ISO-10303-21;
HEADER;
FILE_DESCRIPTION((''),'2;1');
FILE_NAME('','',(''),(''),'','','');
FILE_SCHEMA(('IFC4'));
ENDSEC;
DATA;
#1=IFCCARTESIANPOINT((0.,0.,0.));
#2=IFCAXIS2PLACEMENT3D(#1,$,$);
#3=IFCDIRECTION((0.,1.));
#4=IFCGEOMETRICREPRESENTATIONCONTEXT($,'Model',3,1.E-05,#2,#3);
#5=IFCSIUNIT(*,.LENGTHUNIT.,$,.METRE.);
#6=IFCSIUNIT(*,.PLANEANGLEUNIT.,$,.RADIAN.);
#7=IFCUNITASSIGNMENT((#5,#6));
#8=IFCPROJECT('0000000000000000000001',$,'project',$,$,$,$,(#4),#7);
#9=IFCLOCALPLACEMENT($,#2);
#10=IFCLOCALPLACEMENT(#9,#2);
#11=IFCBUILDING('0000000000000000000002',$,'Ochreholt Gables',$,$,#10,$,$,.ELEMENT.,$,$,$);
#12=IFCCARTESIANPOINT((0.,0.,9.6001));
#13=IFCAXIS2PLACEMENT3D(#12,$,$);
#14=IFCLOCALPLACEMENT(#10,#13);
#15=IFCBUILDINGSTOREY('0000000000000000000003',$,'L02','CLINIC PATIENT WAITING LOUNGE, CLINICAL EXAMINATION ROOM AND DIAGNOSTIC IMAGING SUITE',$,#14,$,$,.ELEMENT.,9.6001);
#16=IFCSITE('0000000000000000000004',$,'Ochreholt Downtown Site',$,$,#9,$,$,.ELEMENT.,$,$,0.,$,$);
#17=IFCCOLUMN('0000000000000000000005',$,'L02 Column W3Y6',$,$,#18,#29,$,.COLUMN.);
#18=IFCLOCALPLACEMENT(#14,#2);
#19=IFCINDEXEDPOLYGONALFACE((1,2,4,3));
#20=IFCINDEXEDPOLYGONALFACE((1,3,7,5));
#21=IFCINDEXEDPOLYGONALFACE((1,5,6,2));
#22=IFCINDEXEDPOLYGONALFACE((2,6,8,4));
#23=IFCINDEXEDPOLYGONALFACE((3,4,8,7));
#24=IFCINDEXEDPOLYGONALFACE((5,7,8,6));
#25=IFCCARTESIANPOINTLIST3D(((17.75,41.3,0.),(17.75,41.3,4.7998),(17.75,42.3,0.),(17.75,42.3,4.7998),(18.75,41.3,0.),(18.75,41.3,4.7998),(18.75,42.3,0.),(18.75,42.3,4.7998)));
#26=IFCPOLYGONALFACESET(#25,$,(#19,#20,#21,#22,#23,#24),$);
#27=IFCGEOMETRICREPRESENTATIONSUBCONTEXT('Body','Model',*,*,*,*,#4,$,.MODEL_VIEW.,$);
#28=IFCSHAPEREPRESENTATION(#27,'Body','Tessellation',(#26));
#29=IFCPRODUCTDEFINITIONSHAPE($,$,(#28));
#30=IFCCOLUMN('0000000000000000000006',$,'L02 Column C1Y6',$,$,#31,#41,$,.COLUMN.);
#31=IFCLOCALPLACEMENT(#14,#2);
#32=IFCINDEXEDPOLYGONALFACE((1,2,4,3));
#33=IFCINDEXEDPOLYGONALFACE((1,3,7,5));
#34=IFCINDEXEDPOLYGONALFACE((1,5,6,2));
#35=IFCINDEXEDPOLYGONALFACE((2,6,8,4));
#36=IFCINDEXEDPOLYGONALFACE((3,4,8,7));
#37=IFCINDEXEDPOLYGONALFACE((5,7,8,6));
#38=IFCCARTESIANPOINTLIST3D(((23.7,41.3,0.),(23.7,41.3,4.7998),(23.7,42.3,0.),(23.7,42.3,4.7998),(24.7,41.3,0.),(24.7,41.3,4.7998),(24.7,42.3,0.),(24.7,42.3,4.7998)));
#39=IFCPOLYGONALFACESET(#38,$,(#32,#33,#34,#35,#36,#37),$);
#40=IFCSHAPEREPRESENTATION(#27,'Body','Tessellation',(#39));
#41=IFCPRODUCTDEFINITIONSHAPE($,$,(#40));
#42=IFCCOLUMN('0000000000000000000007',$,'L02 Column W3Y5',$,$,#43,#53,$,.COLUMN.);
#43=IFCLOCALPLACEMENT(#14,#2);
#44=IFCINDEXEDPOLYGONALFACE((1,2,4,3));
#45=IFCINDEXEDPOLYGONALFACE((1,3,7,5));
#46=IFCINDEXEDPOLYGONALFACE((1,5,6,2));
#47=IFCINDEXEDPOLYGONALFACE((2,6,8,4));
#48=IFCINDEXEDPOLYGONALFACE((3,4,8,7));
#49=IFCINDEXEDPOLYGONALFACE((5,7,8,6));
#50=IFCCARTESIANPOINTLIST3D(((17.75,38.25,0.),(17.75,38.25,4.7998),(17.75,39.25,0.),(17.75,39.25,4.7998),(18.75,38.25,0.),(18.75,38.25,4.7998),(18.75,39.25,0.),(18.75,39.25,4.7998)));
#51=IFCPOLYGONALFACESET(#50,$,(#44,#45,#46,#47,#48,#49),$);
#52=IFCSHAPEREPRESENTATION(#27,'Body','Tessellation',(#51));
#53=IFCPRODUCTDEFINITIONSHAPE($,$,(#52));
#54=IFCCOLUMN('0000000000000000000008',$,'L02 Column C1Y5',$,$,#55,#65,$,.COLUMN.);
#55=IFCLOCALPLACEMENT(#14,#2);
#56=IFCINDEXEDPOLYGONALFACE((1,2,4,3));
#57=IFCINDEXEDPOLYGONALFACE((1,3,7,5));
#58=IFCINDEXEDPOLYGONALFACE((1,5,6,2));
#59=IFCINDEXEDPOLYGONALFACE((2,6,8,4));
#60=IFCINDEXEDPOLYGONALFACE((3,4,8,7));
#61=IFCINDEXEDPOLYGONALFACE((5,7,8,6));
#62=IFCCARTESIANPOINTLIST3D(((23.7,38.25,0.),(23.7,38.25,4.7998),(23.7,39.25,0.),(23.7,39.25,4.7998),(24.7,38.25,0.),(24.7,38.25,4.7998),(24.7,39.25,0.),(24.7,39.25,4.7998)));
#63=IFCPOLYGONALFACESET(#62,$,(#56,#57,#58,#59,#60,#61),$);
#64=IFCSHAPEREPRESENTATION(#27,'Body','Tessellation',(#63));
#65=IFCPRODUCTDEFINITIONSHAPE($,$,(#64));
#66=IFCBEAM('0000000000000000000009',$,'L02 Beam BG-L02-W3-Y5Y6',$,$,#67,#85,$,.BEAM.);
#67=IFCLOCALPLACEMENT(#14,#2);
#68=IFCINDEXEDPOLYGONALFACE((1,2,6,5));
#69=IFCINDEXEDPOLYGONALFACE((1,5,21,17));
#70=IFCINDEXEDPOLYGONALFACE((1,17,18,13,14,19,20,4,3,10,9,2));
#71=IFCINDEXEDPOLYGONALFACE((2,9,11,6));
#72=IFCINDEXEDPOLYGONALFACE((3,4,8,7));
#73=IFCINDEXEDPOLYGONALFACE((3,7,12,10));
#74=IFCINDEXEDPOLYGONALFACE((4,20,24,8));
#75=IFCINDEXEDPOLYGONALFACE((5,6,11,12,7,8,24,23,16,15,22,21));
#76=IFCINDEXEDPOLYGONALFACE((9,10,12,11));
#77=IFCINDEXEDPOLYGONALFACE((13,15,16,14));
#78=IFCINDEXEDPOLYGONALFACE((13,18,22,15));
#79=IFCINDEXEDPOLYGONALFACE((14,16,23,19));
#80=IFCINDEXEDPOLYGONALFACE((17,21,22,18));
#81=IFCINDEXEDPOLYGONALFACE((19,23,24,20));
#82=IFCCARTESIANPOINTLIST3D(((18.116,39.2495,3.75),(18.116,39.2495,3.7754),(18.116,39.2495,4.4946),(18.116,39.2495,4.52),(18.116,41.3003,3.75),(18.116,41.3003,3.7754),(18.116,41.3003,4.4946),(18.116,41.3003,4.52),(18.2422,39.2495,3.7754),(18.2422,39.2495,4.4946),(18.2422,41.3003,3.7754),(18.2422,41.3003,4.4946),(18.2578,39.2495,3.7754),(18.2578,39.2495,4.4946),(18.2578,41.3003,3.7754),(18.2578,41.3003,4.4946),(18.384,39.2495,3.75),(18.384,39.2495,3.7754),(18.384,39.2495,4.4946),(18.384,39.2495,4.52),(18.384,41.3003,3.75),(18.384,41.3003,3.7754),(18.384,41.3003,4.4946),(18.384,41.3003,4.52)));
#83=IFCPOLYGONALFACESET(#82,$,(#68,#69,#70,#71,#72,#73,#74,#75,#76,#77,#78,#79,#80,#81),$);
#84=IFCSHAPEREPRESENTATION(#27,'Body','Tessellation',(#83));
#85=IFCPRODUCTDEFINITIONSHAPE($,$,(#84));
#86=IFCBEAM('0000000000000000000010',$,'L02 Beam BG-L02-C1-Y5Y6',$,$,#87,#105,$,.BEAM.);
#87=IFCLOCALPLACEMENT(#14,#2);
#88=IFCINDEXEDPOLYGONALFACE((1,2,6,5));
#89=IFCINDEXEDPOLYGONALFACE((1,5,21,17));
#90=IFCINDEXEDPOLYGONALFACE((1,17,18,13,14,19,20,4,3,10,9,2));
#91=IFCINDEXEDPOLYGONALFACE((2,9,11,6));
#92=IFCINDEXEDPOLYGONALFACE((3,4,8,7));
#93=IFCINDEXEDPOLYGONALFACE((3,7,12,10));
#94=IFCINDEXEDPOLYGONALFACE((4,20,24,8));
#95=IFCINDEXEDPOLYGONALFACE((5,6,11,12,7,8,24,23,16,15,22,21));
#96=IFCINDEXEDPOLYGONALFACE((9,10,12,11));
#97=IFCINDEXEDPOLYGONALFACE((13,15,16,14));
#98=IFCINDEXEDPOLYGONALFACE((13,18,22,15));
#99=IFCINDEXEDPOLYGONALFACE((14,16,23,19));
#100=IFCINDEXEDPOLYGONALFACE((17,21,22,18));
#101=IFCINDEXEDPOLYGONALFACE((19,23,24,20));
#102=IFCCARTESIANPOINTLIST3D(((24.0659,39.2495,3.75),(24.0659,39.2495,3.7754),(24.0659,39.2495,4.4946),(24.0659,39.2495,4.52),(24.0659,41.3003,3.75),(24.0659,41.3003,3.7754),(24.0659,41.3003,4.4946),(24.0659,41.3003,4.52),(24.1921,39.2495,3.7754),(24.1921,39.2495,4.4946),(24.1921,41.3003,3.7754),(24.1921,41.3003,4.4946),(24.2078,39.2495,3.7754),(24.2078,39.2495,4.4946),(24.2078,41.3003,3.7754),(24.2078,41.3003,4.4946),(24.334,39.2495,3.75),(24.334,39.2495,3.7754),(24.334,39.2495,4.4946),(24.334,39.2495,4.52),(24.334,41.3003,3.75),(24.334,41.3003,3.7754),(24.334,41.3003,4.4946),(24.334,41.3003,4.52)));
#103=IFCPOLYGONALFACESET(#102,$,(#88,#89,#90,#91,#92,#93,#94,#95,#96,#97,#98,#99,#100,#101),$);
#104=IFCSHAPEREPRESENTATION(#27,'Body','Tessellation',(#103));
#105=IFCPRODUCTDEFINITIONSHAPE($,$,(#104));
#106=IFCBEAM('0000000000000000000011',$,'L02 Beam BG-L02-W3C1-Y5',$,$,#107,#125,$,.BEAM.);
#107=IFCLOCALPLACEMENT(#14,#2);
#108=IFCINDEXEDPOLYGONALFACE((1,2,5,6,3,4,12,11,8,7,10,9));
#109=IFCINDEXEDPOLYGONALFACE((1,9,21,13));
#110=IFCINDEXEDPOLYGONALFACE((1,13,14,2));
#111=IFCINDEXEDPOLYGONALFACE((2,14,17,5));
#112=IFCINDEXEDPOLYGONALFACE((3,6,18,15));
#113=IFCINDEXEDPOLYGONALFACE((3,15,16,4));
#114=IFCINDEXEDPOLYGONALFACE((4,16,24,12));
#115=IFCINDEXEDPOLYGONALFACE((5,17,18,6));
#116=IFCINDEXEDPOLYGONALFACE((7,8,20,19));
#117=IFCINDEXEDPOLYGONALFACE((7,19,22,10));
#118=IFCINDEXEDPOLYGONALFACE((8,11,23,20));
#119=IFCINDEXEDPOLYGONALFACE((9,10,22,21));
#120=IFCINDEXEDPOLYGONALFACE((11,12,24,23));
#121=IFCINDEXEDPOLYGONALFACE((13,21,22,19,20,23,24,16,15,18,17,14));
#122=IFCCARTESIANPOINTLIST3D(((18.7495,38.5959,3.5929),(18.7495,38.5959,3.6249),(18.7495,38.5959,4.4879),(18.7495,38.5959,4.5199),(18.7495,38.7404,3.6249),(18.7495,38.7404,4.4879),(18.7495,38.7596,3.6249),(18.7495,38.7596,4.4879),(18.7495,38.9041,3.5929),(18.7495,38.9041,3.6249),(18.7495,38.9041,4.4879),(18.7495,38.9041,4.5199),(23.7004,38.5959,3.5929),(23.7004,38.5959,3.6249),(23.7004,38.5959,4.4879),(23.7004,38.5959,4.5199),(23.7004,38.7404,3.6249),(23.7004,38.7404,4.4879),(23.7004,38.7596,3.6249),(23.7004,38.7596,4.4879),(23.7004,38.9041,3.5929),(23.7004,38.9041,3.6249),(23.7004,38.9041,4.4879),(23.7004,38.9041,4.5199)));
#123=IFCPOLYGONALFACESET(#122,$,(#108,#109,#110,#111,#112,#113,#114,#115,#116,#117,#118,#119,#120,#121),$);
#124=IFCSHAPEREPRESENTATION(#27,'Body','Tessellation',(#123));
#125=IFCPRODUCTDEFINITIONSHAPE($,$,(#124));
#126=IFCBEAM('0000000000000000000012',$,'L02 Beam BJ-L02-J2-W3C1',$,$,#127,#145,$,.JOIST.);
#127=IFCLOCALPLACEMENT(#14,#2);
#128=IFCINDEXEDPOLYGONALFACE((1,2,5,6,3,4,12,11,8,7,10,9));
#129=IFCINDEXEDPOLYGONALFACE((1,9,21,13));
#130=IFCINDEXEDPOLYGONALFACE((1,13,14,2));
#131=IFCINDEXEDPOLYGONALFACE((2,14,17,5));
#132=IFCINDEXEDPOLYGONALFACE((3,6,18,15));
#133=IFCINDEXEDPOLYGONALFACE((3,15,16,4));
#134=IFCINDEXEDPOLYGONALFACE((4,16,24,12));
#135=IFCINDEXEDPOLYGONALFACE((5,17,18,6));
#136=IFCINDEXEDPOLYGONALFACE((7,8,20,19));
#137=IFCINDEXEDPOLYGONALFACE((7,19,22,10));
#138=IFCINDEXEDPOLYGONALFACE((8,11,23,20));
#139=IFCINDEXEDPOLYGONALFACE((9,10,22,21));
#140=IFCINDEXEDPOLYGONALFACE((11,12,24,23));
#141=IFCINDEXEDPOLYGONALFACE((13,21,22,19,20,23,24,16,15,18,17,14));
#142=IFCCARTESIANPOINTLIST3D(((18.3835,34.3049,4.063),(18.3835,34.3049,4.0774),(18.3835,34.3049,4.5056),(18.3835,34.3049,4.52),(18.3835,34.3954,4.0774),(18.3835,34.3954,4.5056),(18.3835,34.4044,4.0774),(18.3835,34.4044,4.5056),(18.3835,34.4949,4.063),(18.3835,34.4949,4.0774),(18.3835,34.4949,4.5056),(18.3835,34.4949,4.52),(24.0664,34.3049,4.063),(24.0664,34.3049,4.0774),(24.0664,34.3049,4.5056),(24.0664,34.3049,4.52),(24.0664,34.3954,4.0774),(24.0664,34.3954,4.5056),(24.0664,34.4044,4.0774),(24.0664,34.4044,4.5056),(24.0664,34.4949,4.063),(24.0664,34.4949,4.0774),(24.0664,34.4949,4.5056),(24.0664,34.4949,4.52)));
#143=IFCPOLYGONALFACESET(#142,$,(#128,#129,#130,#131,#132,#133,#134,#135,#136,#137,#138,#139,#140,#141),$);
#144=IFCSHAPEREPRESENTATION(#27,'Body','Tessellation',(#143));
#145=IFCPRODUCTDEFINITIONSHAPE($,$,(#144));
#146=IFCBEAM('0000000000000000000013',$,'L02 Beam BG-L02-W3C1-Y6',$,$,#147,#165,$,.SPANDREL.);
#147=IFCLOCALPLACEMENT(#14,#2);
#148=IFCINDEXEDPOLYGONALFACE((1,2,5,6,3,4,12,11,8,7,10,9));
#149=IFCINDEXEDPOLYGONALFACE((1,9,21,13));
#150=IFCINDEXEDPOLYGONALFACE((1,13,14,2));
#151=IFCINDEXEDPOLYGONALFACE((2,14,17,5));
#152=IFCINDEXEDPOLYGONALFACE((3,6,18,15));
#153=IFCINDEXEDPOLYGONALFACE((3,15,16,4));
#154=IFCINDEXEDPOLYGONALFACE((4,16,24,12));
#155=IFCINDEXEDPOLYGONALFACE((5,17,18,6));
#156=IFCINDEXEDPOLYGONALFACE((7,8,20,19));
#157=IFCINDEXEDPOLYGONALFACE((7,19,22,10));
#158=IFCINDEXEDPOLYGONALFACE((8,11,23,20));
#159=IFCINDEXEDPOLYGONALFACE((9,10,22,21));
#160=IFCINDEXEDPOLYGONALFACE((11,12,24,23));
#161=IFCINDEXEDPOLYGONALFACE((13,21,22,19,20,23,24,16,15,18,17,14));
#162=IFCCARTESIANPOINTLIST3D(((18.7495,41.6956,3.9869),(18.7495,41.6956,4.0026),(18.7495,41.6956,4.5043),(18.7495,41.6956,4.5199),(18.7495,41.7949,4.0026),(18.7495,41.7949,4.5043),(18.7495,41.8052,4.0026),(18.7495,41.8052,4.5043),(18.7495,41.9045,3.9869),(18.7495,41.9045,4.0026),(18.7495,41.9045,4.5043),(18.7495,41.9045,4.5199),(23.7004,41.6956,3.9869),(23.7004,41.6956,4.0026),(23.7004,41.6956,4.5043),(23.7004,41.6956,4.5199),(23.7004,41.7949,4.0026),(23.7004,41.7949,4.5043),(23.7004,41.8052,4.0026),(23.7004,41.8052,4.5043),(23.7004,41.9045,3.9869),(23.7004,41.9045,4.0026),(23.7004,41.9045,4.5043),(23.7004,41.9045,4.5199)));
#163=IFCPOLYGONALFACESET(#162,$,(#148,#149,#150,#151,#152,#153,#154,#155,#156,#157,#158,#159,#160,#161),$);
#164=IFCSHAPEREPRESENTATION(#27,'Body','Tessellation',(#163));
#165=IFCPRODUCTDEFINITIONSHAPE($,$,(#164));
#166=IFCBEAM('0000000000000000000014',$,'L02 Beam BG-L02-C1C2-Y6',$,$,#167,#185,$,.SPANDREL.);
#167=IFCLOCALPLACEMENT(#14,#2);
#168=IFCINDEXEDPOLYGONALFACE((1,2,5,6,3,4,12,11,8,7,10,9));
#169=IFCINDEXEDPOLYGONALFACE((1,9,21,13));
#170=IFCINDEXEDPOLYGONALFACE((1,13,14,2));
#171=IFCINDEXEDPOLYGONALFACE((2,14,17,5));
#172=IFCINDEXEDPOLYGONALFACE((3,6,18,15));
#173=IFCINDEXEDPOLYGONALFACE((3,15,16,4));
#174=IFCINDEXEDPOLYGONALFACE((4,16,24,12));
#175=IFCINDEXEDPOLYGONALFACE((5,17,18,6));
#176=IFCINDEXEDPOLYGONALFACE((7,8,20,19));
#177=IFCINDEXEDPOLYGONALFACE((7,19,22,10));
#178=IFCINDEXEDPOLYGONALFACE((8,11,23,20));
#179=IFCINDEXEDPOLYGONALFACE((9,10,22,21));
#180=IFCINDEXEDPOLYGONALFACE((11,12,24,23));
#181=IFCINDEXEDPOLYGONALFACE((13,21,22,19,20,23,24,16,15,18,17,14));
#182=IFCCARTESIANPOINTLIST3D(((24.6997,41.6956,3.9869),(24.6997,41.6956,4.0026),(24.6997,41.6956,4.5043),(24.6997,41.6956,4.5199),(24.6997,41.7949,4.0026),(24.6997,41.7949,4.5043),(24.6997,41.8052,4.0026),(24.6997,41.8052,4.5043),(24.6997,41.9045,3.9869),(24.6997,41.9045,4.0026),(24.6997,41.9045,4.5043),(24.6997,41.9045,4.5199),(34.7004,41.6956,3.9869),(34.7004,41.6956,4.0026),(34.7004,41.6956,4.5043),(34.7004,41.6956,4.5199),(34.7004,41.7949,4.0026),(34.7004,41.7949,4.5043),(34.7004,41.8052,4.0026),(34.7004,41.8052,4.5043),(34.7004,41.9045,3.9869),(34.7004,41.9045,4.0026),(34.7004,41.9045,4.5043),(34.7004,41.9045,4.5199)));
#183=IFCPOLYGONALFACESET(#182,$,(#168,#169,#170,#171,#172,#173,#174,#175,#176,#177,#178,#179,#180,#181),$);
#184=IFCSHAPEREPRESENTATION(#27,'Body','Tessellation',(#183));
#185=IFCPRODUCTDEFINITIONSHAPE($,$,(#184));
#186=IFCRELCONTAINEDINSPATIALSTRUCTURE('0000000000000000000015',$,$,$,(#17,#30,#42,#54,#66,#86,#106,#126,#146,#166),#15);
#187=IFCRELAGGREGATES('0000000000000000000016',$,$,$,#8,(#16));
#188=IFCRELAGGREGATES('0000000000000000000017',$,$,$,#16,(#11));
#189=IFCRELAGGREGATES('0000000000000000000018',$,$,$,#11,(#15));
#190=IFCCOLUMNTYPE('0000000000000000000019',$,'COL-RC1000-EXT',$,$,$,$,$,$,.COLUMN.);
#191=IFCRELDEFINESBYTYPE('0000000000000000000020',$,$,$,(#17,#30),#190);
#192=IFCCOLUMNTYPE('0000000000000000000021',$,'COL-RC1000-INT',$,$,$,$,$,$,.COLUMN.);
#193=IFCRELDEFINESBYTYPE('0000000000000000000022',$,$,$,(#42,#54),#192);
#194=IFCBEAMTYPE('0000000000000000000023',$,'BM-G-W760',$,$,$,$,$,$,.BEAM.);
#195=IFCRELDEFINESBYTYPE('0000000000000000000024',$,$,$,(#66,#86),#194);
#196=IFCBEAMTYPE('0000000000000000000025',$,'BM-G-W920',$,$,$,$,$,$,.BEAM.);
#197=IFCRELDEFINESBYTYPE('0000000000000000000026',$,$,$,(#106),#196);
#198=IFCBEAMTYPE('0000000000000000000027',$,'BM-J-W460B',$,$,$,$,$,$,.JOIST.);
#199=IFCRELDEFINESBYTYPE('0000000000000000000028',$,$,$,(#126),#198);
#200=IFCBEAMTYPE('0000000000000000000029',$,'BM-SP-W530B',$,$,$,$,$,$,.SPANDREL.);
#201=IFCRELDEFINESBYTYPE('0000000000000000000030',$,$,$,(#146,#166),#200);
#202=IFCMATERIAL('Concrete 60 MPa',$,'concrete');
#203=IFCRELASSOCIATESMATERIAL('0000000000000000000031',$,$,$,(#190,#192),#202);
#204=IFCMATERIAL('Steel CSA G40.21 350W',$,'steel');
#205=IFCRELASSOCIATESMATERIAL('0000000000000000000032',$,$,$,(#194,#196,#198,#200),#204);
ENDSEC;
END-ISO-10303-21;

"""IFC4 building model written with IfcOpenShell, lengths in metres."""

from ifc_helpers import new_model, si_unit, direction, frame, origin, origin_2d, place, context, subcontext, project, spatial, rectangle, i_section, extrude, material, material_profile, profile_set, type_object, element, save


model = new_model("IFC4")

# Units and contexts
model_context = context("Model", 3, precision=1e-05, world=origin(), true_north=direction((0.0, 1.0)))
body_context = subcontext(model_context, "Body", "Model", "MODEL_VIEW")
ifc_project = project(units=[si_unit("LENGTHUNIT", "METRE"), si_unit("PLANEANGLEUNIT", "RADIAN")], contexts=[model_context])

# Site, building, storey
site_placement = place(None, origin())
site = spatial("IfcSite", under=ifc_project, at=site_placement, Name="Ochreholt Downtown Site", CompositionType="ELEMENT", RefElevation=0.0)
building_placement = place(site_placement, origin())
building = spatial("IfcBuilding", under=site, at=building_placement, Name="Ochreholt Gables", CompositionType="ELEMENT")
storey_placement = place(building_placement, frame((0.0, 0.0, 9.6001)))
storey = spatial("IfcBuildingStorey", under=building, at=storey_placement, Name="L02", Description="CLINIC PATIENT WAITING LOUNGE, CLINICAL EXAMINATION ROOM AND DIAGNOSTIC IMAGING SUITE", CompositionType="ELEMENT", Elevation=9.6001)

# Columns
ifc_material_1 = material(Name="Concrete 60 MPa", Category="concrete")
ifc_material_profile_1 = material_profile(ifc_material_1, rectangle(XDim=1.0, YDim=1.0, at=origin_2d()), Name="RC1000X1000")
ifc_profile_set_1 = profile_set([ifc_material_profile_1], Name="Concrete 60 MPa")
column_type_1 = type_object("IfcColumnType", Name="COL-RC1000-EXT", PredefinedType="COLUMN", material=ifc_profile_set_1)
for number, where, z_axis, x_axis, name in (
    (1, (18.25, 41.8, 0.0), (0.0, 0.0, 1.0), (1.0, 0.0, 0.0), "L02 Column W3Y6"),
    (2, (24.2, 41.8, 0.0), (0.0, 0.0, 1.0), (1.0, 0.0, 0.0), "L02 Column C1Y6"),
):
    element("IfcColumn", number, at=place(storey_placement, frame(where, z_axis=z_axis, x_axis=x_axis)), inside=storey, type_object=column_type_1, Name=name, PredefinedType="COLUMN", context=body_context, shape_type="SweptSolid", body=[
        extrude(rectangle(XDim=1.0, YDim=1.0, at=origin_2d()), origin(), (0.0, 0.0, 1.0), 4.7998),
    ])
ifc_material_profile_2 = material_profile(ifc_material_1, rectangle(XDim=1.0, YDim=1.0, at=origin_2d()), Name="RC1000X1000")
ifc_profile_set_2 = profile_set([ifc_material_profile_2], Name="Concrete 60 MPa")
column_type_2 = type_object("IfcColumnType", Name="COL-RC1000-INT", PredefinedType="COLUMN", material=ifc_profile_set_2)
for number, where, z_axis, x_axis, name in (
    (3, (18.25, 38.75, 0.0), (0.0, 0.0, 1.0), (1.0, 0.0, 0.0), "L02 Column W3Y5"),
    (4, (24.2, 38.75, 0.0), (0.0, 0.0, 1.0), (1.0, 0.0, 0.0), "L02 Column C1Y5"),
):
    element("IfcColumn", number, at=place(storey_placement, frame(where, z_axis=z_axis, x_axis=x_axis)), inside=storey, type_object=column_type_2, Name=name, PredefinedType="COLUMN", context=body_context, shape_type="SweptSolid", body=[
        extrude(rectangle(XDim=1.0, YDim=1.0, at=origin_2d()), origin(), (0.0, 0.0, 1.0), 4.7998),
    ])

# Beams
ifc_material_2 = material(Name="Steel CSA G40.21 350W", Category="steel")
ifc_material_profile_3 = material_profile(ifc_material_2, i_section(OverallWidth=0.2681, OverallDepth=0.77, WebThickness=0.0156, FlangeThickness=0.0254, at=origin_2d()), Name="W760X196")
ifc_profile_set_3 = profile_set([ifc_material_profile_3], Name="Steel CSA G40.21 350W")
beam_type_1 = type_object("IfcBeamType", Name="BM-G-W760", PredefinedType="BEAM", material=ifc_profile_set_3)
for number, where, z_axis, x_axis, name in (
    (5, (18.25, 39.2495, 4.135), (0.0, 1.0, 0.0), (-1.0, 0.0, 0.0), "L02 Beam BG-L02-W3-Y5Y6"),
    (6, (24.2, 39.2495, 4.135), (0.0, 1.0, 0.0), (-1.0, 0.0, 0.0), "L02 Beam BG-L02-C1-Y5Y6"),
):
    element("IfcBeam", number, at=place(storey_placement, frame(where, z_axis=z_axis, x_axis=x_axis)), inside=storey, type_object=beam_type_1, Name=name, PredefinedType="BEAM", context=body_context, shape_type="SweptSolid", body=[
        extrude(i_section(OverallWidth=0.2681, OverallDepth=0.77, WebThickness=0.0156, FlangeThickness=0.0254, at=origin_2d()), origin(), (0.0, 0.0, 1.0), 2.0508),
    ])
ifc_material_profile_4 = material_profile(ifc_material_2, i_section(OverallWidth=0.3081, OverallDepth=0.927, WebThickness=0.0193, FlangeThickness=0.032, at=origin_2d()), Name="W920X289")
ifc_profile_set_4 = profile_set([ifc_material_profile_4], Name="Steel CSA G40.21 350W")
beam_type_2 = type_object("IfcBeamType", Name="BM-G-W920", PredefinedType="BEAM", material=ifc_profile_set_4)
beam_1_placement = place(storey_placement, frame((18.7495, 38.75, 4.0564), z_axis=(1.0, 0.0, 0.0), x_axis=(0.0, 1.0, 0.0)))
element("IfcBeam", 7, at=beam_1_placement, inside=storey, type_object=beam_type_2, Name="L02 Beam BG-L02-W3C1-Y5", PredefinedType="BEAM", context=body_context, shape_type="SweptSolid", body=[
    extrude(i_section(OverallWidth=0.3081, OverallDepth=0.927, WebThickness=0.0193, FlangeThickness=0.032, at=origin_2d()), origin(), (0.0, 0.0, 1.0), 4.9509),
])
ifc_material_profile_5 = material_profile(ifc_material_2, i_section(OverallWidth=0.1899, OverallDepth=0.457, WebThickness=0.009, FlangeThickness=0.0144, at=origin_2d()), Name="W460X74")
ifc_profile_set_5 = profile_set([ifc_material_profile_5], Name="Steel CSA G40.21 350W")
beam_type_3 = type_object("IfcBeamType", Name="BM-J-W460B", PredefinedType="JOIST", material=ifc_profile_set_5)
beam_2_placement = place(storey_placement, frame((18.3835, 34.3999, 4.2915), z_axis=(1.0, 0.0, 0.0), x_axis=(0.0, 1.0, 0.0)))
element("IfcBeam", 8, at=beam_2_placement, inside=storey, type_object=beam_type_3, Name="L02 Beam BJ-L02-J2-W3C1", PredefinedType="JOIST", context=body_context, shape_type="SweptSolid", body=[
    extrude(i_section(OverallWidth=0.1899, OverallDepth=0.457, WebThickness=0.009, FlangeThickness=0.0144, at=origin_2d()), origin(), (0.0, 0.0, 1.0), 5.6829),
])
ifc_material_profile_6 = material_profile(ifc_material_2, i_section(OverallWidth=0.209, OverallDepth=0.533, WebThickness=0.0103, FlangeThickness=0.0156, at=origin_2d()), Name="W530X92")
ifc_profile_set_6 = profile_set([ifc_material_profile_6], Name="Steel CSA G40.21 350W")
beam_type_4 = type_object("IfcBeamType", Name="BM-SP-W530B", PredefinedType="SPANDREL", material=ifc_profile_set_6)
beam_3_placement = place(storey_placement, frame((18.7495, 41.8, 4.2534), z_axis=(1.0, 0.0, 0.0), x_axis=(0.0, 1.0, 0.0)))
element("IfcBeam", 9, at=beam_3_placement, inside=storey, type_object=beam_type_4, Name="L02 Beam BG-L02-W3C1-Y6", PredefinedType="SPANDREL", context=body_context, shape_type="SweptSolid", body=[
    extrude(i_section(OverallWidth=0.209, OverallDepth=0.533, WebThickness=0.0103, FlangeThickness=0.0156, at=origin_2d()), origin(), (0.0, 0.0, 1.0), 4.9509),
])
beam_4_placement = place(storey_placement, frame((24.6997, 41.8, 4.2534), z_axis=(1.0, 0.0, 0.0), x_axis=(0.0, 1.0, 0.0)))
element("IfcBeam", 10, at=beam_4_placement, inside=storey, type_object=beam_type_4, Name="L02 Beam BG-L02-C1C2-Y6", PredefinedType="SPANDREL", context=body_context, shape_type="SweptSolid", body=[
    extrude(i_section(OverallWidth=0.209, OverallDepth=0.533, WebThickness=0.0103, FlangeThickness=0.0156, at=origin_2d()), origin(), (0.0, 0.0, 1.0), 10.0007),
])

save(model, "model.ifc")
